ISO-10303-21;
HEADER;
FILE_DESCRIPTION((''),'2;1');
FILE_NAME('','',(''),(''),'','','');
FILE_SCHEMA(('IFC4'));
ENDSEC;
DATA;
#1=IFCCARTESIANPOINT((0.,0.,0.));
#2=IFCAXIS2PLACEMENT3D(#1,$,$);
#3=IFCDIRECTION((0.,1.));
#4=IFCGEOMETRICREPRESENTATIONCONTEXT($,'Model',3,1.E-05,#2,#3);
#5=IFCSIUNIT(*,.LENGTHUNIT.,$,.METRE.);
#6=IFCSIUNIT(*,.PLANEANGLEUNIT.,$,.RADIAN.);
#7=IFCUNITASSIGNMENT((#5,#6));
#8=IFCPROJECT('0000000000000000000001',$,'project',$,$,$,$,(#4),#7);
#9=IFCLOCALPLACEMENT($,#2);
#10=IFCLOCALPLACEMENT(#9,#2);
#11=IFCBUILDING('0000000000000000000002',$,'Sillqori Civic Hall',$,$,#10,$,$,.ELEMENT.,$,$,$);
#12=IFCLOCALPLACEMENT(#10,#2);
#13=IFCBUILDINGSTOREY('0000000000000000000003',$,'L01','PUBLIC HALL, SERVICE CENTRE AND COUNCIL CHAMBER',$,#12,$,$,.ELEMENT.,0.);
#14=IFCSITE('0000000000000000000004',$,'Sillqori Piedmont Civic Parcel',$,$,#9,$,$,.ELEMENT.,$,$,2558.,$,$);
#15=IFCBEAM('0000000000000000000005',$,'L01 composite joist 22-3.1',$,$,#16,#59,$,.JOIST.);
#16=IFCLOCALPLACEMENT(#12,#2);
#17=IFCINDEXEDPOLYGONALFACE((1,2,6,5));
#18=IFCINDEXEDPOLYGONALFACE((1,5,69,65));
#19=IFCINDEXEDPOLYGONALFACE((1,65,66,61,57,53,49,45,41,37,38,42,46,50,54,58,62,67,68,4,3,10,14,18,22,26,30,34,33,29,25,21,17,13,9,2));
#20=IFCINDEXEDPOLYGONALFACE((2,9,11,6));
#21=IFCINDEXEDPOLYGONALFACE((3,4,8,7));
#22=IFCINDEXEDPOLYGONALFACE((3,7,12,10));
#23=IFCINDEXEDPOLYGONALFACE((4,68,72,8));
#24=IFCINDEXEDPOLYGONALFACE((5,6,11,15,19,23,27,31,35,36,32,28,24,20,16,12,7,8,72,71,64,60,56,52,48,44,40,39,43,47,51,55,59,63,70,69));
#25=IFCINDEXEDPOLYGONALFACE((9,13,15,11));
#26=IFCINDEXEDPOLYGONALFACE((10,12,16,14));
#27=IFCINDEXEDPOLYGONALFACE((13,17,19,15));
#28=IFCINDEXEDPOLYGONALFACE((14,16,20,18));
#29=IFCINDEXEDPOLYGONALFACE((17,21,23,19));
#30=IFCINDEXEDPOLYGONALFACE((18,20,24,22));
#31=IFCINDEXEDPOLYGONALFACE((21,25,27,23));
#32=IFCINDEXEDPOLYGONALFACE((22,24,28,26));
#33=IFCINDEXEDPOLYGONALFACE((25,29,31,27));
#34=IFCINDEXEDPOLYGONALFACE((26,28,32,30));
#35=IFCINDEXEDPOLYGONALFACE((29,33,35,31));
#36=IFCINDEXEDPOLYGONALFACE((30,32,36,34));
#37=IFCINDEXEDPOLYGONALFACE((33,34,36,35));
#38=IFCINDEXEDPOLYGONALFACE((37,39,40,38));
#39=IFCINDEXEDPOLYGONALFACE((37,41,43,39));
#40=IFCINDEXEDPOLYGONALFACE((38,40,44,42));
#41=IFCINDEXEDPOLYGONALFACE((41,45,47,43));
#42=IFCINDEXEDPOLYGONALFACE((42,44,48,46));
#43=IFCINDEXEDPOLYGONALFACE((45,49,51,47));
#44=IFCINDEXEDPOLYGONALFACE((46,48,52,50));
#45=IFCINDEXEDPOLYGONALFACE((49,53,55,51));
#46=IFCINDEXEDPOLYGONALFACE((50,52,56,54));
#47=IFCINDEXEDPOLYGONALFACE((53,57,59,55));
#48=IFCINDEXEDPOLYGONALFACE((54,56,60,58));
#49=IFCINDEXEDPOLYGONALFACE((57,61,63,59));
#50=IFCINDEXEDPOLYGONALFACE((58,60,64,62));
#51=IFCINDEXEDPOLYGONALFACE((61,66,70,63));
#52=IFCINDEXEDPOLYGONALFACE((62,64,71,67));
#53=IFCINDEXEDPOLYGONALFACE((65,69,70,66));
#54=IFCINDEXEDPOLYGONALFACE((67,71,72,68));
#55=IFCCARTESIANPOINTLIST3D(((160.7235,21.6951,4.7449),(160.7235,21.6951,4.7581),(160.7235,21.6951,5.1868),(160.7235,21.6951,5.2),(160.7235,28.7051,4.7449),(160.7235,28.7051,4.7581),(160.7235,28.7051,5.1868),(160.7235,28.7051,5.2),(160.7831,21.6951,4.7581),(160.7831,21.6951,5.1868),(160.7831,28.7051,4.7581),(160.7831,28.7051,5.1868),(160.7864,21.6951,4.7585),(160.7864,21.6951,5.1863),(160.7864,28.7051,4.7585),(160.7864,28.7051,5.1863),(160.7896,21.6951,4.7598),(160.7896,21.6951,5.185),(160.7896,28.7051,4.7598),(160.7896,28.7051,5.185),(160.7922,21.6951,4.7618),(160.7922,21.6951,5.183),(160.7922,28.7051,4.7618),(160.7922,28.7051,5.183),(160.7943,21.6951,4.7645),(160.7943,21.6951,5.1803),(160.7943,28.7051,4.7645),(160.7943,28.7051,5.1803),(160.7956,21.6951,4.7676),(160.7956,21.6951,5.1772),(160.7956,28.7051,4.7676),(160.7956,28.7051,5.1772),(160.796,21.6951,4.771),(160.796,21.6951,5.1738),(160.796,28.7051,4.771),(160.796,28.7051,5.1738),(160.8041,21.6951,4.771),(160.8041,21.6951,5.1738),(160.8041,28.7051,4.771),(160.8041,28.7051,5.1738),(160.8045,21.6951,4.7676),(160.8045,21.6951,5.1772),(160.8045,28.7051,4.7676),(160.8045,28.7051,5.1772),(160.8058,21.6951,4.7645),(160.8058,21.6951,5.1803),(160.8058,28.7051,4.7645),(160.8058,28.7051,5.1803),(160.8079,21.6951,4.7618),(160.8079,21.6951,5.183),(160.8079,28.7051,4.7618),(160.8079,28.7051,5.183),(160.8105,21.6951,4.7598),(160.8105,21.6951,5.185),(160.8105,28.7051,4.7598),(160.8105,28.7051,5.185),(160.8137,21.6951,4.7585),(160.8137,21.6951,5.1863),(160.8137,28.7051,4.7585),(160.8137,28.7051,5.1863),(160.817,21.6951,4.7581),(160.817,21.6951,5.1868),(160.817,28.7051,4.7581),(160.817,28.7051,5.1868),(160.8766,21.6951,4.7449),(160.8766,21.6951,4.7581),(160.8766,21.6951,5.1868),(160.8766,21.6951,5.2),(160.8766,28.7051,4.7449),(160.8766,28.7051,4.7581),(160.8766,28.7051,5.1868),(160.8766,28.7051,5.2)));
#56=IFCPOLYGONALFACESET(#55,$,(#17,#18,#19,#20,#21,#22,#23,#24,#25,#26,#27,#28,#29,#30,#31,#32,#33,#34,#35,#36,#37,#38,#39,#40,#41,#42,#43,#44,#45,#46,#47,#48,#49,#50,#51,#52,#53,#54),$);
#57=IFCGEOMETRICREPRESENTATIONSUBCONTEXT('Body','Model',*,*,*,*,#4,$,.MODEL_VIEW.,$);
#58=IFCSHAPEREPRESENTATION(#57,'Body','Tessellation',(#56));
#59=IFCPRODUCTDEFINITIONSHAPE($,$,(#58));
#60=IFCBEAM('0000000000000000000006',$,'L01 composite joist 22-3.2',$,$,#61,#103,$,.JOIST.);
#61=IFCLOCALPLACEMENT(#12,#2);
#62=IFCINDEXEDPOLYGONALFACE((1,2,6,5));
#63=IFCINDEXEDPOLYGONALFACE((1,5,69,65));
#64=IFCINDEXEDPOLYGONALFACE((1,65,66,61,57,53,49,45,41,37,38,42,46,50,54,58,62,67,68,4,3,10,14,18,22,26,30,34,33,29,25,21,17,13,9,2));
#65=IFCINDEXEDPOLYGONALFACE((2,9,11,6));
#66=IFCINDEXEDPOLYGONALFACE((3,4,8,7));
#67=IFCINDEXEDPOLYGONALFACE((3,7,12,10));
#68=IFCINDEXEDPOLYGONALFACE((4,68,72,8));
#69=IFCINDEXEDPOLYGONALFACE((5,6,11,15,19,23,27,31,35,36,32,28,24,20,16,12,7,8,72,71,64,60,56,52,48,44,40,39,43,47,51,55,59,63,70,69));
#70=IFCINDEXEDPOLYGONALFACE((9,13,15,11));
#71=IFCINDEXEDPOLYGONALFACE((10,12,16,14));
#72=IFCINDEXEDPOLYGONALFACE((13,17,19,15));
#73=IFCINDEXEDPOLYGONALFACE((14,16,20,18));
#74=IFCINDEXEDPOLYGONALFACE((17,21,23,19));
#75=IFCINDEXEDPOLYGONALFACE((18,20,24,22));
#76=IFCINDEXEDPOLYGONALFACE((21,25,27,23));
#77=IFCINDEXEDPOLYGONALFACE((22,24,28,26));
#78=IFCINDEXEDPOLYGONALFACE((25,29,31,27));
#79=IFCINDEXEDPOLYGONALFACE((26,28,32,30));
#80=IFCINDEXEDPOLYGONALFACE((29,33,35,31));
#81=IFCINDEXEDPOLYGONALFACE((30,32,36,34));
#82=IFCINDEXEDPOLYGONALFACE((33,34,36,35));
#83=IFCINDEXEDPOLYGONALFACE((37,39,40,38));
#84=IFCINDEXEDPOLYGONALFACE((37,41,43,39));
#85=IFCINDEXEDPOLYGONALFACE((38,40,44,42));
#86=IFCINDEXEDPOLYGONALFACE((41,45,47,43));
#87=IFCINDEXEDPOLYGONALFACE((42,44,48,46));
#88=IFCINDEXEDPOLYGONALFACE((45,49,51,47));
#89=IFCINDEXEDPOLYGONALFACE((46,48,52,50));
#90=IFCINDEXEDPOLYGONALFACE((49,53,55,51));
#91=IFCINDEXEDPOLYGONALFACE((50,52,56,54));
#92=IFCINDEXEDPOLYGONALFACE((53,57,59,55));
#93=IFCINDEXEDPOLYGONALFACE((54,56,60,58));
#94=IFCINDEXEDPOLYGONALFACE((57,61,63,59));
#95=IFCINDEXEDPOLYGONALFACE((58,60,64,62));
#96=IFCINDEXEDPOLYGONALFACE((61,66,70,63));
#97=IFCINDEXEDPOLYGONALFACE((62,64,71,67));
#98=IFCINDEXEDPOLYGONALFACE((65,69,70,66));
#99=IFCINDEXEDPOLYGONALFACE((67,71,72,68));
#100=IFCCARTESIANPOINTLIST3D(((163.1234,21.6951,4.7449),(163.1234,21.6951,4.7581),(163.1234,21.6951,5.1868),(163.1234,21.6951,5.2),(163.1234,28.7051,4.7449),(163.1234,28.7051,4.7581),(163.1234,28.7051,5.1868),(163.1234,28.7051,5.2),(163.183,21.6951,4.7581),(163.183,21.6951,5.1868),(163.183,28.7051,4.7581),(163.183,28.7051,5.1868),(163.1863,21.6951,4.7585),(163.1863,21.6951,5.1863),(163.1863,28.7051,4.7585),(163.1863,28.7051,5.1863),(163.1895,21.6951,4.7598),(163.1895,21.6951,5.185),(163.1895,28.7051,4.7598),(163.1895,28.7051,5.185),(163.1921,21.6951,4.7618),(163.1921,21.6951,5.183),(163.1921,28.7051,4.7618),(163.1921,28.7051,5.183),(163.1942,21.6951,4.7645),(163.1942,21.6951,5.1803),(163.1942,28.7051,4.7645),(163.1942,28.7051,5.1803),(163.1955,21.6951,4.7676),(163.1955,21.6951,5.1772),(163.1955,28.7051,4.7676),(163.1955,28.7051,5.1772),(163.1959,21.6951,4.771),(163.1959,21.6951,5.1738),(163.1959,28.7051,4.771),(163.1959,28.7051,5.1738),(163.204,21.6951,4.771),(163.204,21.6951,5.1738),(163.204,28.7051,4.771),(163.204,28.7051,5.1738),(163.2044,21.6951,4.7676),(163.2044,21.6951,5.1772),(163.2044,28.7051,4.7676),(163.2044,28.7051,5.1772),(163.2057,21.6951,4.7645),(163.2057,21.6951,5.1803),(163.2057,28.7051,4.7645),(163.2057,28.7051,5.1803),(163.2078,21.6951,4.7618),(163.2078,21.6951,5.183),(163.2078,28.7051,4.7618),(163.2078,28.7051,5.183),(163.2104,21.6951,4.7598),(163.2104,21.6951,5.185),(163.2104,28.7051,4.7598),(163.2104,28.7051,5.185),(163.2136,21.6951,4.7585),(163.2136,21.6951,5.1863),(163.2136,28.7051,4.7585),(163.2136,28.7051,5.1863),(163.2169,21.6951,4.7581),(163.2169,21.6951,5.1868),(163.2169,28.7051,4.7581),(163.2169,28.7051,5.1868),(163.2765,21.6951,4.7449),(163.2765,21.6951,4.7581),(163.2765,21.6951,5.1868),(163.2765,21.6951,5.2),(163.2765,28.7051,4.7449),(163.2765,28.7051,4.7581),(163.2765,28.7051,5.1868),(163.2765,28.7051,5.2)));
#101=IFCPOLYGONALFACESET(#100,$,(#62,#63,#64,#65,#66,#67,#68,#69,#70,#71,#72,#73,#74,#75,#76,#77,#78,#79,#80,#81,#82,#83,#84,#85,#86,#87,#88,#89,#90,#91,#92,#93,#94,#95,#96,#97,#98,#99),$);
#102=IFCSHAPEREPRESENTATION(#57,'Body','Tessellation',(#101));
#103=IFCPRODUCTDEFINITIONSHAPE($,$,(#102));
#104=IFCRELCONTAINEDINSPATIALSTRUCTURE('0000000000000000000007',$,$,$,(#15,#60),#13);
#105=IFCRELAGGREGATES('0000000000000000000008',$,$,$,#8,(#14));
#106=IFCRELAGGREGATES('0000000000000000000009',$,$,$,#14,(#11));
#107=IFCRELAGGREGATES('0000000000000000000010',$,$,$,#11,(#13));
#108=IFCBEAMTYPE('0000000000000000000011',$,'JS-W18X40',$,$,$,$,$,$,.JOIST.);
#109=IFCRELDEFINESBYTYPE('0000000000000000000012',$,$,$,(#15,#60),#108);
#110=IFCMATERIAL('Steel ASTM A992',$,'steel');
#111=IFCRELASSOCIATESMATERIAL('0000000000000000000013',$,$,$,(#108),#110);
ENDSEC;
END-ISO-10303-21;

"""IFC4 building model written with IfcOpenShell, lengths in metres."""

from ifc_helpers import new_model, si_unit, direction, frame, origin, origin_2d, place, context, subcontext, project, spatial, i_section, extrude, material, material_profile, profile_set, type_object, element, save


model = new_model("IFC4")

# Units and contexts
model_context = context("Model", 3, precision=1e-05, world=origin(), true_north=direction((0.0, 1.0)))
body_context = subcontext(model_context, "Body", "Model", "MODEL_VIEW")
ifc_project = project(units=[si_unit("LENGTHUNIT", "METRE"), si_unit("PLANEANGLEUNIT", "RADIAN")], contexts=[model_context])

# Site, building, storey
site_placement = place(None, origin())
site = spatial("IfcSite", under=ifc_project, at=site_placement, Name="Sillqori Piedmont Civic Parcel", CompositionType="ELEMENT", RefElevation=2558.0)
building_placement = place(site_placement, origin())
building = spatial("IfcBuilding", under=site, at=building_placement, Name="Sillqori Civic Hall", CompositionType="ELEMENT")
storey_placement = place(building_placement, origin())
storey = spatial("IfcBuildingStorey", under=building, at=storey_placement, Name="L01", Description="PUBLIC HALL, SERVICE CENTRE AND COUNCIL CHAMBER", CompositionType="ELEMENT", Elevation=0.0)

# Shared definitions
ifc_material_1 = material(Name="Steel ASTM A992", Category="steel")

# Beams
ifc_material_profile_1 = material_profile(ifc_material_1, i_section(OverallWidth=0.1531, OverallDepth=0.4551, WebThickness=0.0081, FlangeThickness=0.0132, FilletRadius=0.0129, at=origin_2d()), Name="W18X40")
ifc_profile_set_1 = profile_set([ifc_material_profile_1], Name="Steel ASTM A992")
beam_type_1 = type_object("IfcBeamType", Name="JS-W18X40", PredefinedType="JOIST", material=ifc_profile_set_1)
for number, where, z_axis, x_axis, name in (
    (1, (160.8, 21.6951, 4.9724), (0.0, 1.0, 0.0), (-1.0, 0.0, 0.0), "L01 composite joist 22-3.1"),
    (2, (163.2, 21.6951, 4.9724), (0.0, 1.0, 0.0), (-1.0, 0.0, 0.0), "L01 composite joist 22-3.2"),
):
    element("IfcBeam", number, at=place(storey_placement, frame(where, z_axis=z_axis, x_axis=x_axis)), inside=storey, type_object=beam_type_1, Name=name, PredefinedType="JOIST", context=body_context, shape_type="SweptSolid", body=[
        extrude(i_section(OverallWidth=0.1531, OverallDepth=0.4551, WebThickness=0.0081, FlangeThickness=0.0132, FilletRadius=0.0129, at=origin_2d()), origin(), (0.0, 0.0, 1.0), 7.01),
    ])

save(model, "model.ifc")
